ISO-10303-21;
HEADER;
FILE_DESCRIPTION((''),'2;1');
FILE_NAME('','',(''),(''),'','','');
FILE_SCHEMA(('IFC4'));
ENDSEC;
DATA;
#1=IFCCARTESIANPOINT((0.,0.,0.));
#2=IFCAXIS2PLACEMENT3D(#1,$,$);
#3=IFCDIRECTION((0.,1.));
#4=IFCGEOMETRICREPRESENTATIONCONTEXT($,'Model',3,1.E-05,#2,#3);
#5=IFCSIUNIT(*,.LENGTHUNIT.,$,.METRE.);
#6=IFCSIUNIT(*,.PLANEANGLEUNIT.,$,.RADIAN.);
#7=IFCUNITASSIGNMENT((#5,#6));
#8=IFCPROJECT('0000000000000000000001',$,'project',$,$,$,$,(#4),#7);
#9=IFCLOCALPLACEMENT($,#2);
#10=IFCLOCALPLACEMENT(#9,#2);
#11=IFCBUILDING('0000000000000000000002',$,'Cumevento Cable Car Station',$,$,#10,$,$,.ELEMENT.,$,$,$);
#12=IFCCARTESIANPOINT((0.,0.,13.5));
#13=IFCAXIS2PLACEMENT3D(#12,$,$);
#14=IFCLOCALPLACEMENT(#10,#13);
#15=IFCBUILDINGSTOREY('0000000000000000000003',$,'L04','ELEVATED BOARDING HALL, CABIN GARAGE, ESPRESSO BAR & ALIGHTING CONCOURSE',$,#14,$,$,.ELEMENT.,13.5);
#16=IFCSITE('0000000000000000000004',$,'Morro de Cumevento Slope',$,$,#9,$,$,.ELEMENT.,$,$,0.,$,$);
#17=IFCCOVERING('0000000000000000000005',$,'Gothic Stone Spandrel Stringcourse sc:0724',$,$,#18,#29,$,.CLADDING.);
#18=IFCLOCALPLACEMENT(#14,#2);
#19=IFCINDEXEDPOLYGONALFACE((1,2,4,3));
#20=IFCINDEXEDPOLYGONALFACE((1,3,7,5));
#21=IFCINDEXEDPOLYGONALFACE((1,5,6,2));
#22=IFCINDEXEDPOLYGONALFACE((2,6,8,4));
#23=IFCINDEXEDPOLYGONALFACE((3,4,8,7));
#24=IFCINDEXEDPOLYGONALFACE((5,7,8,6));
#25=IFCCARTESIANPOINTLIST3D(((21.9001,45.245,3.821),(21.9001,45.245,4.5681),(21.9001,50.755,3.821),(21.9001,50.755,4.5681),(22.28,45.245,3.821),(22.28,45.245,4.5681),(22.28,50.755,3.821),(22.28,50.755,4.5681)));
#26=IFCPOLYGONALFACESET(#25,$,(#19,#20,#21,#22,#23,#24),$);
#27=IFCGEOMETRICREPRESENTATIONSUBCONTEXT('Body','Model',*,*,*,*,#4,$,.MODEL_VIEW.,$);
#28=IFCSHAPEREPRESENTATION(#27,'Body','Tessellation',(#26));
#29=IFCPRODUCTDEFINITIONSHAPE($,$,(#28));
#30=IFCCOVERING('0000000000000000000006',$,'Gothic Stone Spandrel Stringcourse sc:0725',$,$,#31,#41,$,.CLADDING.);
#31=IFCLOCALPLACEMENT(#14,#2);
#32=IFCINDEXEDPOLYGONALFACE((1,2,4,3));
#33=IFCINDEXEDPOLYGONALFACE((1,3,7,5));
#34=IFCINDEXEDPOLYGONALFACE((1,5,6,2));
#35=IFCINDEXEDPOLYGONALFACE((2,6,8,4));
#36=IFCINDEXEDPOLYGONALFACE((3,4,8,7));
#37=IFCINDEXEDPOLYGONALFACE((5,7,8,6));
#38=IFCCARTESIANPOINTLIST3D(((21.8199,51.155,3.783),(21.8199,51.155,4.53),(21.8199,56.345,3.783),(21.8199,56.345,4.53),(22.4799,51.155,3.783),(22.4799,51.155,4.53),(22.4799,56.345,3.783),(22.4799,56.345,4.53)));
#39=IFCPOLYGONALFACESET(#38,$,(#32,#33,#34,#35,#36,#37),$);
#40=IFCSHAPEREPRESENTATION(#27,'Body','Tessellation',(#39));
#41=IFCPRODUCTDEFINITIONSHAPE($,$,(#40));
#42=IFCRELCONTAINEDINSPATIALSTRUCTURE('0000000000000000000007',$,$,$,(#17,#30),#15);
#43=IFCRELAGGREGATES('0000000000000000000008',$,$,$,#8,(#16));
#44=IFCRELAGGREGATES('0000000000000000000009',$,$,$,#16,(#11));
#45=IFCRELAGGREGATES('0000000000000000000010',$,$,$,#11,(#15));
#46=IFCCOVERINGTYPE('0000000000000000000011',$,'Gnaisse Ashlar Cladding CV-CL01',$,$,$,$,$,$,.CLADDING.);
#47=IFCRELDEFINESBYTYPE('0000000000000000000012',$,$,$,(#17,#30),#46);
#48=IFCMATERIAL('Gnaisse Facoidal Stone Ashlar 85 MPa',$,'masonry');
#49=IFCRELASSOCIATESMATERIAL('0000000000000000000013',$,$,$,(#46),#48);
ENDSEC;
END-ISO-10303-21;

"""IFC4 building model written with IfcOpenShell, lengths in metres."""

from ifc_helpers import new_model, si_unit, direction, frame, origin, origin_2d, place, context, subcontext, project, spatial, rectangle, extrude, material, type_object, element, save


model = new_model("IFC4")

# Units and contexts
model_context = context("Model", 3, precision=1e-05, world=origin(), true_north=direction((0.0, 1.0)))
body_context = subcontext(model_context, "Body", "Model", "MODEL_VIEW")
ifc_project = project(units=[si_unit("LENGTHUNIT", "METRE"), si_unit("PLANEANGLEUNIT", "RADIAN")], contexts=[model_context])

# Site, building, storey
site_placement = place(None, origin())
site = spatial("IfcSite", under=ifc_project, at=site_placement, Name="Morro de Cumevento Slope", CompositionType="ELEMENT", RefElevation=0.0)
building_placement = place(site_placement, origin())
building = spatial("IfcBuilding", under=site, at=building_placement, Name="Cumevento Cable Car Station", CompositionType="ELEMENT")
storey_placement = place(building_placement, frame((0.0, 0.0, 13.5)))
storey = spatial("IfcBuildingStorey", under=building, at=storey_placement, Name="L04", Description="ELEVATED BOARDING HALL, CABIN GARAGE, ESPRESSO BAR & ALIGHTING CONCOURSE", CompositionType="ELEMENT", Elevation=13.5)

# Coverings
ifc_material_1 = material(Name="Gnaisse Facoidal Stone Ashlar 85 MPa", Category="masonry")
covering_type = type_object("IfcCoveringType", Name="Gnaisse Ashlar Cladding CV-CL01", PredefinedType="CLADDING", material=ifc_material_1)
covering_1_placement = place(storey_placement, frame((22.0901, 48.0, 3.821), z_axis=(0.0, 0.0, 1.0), x_axis=(0.0, 1.0, 0.0)))
element("IfcCovering", 1, at=covering_1_placement, inside=storey, type_object=covering_type, Name="Gothic Stone Spandrel Stringcourse sc:0724", PredefinedType="CLADDING", context=body_context, shape_type="SweptSolid", body=[
    extrude(rectangle(XDim=5.51, YDim=0.3799, at=origin_2d()), origin(), (0.0, 0.0, 1.0), 0.7471),
])
covering_2_placement = place(storey_placement, frame((22.1499, 53.75, 3.783), z_axis=(0.0, 0.0, 1.0), x_axis=(0.0, 1.0, 0.0)))
element("IfcCovering", 2, at=covering_2_placement, inside=storey, type_object=covering_type, Name="Gothic Stone Spandrel Stringcourse sc:0725", PredefinedType="CLADDING", context=body_context, shape_type="SweptSolid", body=[
    extrude(rectangle(XDim=5.1899, YDim=0.6599, at=origin_2d()), origin(), (0.0, 0.0, 1.0), 0.7471),
])

save(model, "model.ifc")
